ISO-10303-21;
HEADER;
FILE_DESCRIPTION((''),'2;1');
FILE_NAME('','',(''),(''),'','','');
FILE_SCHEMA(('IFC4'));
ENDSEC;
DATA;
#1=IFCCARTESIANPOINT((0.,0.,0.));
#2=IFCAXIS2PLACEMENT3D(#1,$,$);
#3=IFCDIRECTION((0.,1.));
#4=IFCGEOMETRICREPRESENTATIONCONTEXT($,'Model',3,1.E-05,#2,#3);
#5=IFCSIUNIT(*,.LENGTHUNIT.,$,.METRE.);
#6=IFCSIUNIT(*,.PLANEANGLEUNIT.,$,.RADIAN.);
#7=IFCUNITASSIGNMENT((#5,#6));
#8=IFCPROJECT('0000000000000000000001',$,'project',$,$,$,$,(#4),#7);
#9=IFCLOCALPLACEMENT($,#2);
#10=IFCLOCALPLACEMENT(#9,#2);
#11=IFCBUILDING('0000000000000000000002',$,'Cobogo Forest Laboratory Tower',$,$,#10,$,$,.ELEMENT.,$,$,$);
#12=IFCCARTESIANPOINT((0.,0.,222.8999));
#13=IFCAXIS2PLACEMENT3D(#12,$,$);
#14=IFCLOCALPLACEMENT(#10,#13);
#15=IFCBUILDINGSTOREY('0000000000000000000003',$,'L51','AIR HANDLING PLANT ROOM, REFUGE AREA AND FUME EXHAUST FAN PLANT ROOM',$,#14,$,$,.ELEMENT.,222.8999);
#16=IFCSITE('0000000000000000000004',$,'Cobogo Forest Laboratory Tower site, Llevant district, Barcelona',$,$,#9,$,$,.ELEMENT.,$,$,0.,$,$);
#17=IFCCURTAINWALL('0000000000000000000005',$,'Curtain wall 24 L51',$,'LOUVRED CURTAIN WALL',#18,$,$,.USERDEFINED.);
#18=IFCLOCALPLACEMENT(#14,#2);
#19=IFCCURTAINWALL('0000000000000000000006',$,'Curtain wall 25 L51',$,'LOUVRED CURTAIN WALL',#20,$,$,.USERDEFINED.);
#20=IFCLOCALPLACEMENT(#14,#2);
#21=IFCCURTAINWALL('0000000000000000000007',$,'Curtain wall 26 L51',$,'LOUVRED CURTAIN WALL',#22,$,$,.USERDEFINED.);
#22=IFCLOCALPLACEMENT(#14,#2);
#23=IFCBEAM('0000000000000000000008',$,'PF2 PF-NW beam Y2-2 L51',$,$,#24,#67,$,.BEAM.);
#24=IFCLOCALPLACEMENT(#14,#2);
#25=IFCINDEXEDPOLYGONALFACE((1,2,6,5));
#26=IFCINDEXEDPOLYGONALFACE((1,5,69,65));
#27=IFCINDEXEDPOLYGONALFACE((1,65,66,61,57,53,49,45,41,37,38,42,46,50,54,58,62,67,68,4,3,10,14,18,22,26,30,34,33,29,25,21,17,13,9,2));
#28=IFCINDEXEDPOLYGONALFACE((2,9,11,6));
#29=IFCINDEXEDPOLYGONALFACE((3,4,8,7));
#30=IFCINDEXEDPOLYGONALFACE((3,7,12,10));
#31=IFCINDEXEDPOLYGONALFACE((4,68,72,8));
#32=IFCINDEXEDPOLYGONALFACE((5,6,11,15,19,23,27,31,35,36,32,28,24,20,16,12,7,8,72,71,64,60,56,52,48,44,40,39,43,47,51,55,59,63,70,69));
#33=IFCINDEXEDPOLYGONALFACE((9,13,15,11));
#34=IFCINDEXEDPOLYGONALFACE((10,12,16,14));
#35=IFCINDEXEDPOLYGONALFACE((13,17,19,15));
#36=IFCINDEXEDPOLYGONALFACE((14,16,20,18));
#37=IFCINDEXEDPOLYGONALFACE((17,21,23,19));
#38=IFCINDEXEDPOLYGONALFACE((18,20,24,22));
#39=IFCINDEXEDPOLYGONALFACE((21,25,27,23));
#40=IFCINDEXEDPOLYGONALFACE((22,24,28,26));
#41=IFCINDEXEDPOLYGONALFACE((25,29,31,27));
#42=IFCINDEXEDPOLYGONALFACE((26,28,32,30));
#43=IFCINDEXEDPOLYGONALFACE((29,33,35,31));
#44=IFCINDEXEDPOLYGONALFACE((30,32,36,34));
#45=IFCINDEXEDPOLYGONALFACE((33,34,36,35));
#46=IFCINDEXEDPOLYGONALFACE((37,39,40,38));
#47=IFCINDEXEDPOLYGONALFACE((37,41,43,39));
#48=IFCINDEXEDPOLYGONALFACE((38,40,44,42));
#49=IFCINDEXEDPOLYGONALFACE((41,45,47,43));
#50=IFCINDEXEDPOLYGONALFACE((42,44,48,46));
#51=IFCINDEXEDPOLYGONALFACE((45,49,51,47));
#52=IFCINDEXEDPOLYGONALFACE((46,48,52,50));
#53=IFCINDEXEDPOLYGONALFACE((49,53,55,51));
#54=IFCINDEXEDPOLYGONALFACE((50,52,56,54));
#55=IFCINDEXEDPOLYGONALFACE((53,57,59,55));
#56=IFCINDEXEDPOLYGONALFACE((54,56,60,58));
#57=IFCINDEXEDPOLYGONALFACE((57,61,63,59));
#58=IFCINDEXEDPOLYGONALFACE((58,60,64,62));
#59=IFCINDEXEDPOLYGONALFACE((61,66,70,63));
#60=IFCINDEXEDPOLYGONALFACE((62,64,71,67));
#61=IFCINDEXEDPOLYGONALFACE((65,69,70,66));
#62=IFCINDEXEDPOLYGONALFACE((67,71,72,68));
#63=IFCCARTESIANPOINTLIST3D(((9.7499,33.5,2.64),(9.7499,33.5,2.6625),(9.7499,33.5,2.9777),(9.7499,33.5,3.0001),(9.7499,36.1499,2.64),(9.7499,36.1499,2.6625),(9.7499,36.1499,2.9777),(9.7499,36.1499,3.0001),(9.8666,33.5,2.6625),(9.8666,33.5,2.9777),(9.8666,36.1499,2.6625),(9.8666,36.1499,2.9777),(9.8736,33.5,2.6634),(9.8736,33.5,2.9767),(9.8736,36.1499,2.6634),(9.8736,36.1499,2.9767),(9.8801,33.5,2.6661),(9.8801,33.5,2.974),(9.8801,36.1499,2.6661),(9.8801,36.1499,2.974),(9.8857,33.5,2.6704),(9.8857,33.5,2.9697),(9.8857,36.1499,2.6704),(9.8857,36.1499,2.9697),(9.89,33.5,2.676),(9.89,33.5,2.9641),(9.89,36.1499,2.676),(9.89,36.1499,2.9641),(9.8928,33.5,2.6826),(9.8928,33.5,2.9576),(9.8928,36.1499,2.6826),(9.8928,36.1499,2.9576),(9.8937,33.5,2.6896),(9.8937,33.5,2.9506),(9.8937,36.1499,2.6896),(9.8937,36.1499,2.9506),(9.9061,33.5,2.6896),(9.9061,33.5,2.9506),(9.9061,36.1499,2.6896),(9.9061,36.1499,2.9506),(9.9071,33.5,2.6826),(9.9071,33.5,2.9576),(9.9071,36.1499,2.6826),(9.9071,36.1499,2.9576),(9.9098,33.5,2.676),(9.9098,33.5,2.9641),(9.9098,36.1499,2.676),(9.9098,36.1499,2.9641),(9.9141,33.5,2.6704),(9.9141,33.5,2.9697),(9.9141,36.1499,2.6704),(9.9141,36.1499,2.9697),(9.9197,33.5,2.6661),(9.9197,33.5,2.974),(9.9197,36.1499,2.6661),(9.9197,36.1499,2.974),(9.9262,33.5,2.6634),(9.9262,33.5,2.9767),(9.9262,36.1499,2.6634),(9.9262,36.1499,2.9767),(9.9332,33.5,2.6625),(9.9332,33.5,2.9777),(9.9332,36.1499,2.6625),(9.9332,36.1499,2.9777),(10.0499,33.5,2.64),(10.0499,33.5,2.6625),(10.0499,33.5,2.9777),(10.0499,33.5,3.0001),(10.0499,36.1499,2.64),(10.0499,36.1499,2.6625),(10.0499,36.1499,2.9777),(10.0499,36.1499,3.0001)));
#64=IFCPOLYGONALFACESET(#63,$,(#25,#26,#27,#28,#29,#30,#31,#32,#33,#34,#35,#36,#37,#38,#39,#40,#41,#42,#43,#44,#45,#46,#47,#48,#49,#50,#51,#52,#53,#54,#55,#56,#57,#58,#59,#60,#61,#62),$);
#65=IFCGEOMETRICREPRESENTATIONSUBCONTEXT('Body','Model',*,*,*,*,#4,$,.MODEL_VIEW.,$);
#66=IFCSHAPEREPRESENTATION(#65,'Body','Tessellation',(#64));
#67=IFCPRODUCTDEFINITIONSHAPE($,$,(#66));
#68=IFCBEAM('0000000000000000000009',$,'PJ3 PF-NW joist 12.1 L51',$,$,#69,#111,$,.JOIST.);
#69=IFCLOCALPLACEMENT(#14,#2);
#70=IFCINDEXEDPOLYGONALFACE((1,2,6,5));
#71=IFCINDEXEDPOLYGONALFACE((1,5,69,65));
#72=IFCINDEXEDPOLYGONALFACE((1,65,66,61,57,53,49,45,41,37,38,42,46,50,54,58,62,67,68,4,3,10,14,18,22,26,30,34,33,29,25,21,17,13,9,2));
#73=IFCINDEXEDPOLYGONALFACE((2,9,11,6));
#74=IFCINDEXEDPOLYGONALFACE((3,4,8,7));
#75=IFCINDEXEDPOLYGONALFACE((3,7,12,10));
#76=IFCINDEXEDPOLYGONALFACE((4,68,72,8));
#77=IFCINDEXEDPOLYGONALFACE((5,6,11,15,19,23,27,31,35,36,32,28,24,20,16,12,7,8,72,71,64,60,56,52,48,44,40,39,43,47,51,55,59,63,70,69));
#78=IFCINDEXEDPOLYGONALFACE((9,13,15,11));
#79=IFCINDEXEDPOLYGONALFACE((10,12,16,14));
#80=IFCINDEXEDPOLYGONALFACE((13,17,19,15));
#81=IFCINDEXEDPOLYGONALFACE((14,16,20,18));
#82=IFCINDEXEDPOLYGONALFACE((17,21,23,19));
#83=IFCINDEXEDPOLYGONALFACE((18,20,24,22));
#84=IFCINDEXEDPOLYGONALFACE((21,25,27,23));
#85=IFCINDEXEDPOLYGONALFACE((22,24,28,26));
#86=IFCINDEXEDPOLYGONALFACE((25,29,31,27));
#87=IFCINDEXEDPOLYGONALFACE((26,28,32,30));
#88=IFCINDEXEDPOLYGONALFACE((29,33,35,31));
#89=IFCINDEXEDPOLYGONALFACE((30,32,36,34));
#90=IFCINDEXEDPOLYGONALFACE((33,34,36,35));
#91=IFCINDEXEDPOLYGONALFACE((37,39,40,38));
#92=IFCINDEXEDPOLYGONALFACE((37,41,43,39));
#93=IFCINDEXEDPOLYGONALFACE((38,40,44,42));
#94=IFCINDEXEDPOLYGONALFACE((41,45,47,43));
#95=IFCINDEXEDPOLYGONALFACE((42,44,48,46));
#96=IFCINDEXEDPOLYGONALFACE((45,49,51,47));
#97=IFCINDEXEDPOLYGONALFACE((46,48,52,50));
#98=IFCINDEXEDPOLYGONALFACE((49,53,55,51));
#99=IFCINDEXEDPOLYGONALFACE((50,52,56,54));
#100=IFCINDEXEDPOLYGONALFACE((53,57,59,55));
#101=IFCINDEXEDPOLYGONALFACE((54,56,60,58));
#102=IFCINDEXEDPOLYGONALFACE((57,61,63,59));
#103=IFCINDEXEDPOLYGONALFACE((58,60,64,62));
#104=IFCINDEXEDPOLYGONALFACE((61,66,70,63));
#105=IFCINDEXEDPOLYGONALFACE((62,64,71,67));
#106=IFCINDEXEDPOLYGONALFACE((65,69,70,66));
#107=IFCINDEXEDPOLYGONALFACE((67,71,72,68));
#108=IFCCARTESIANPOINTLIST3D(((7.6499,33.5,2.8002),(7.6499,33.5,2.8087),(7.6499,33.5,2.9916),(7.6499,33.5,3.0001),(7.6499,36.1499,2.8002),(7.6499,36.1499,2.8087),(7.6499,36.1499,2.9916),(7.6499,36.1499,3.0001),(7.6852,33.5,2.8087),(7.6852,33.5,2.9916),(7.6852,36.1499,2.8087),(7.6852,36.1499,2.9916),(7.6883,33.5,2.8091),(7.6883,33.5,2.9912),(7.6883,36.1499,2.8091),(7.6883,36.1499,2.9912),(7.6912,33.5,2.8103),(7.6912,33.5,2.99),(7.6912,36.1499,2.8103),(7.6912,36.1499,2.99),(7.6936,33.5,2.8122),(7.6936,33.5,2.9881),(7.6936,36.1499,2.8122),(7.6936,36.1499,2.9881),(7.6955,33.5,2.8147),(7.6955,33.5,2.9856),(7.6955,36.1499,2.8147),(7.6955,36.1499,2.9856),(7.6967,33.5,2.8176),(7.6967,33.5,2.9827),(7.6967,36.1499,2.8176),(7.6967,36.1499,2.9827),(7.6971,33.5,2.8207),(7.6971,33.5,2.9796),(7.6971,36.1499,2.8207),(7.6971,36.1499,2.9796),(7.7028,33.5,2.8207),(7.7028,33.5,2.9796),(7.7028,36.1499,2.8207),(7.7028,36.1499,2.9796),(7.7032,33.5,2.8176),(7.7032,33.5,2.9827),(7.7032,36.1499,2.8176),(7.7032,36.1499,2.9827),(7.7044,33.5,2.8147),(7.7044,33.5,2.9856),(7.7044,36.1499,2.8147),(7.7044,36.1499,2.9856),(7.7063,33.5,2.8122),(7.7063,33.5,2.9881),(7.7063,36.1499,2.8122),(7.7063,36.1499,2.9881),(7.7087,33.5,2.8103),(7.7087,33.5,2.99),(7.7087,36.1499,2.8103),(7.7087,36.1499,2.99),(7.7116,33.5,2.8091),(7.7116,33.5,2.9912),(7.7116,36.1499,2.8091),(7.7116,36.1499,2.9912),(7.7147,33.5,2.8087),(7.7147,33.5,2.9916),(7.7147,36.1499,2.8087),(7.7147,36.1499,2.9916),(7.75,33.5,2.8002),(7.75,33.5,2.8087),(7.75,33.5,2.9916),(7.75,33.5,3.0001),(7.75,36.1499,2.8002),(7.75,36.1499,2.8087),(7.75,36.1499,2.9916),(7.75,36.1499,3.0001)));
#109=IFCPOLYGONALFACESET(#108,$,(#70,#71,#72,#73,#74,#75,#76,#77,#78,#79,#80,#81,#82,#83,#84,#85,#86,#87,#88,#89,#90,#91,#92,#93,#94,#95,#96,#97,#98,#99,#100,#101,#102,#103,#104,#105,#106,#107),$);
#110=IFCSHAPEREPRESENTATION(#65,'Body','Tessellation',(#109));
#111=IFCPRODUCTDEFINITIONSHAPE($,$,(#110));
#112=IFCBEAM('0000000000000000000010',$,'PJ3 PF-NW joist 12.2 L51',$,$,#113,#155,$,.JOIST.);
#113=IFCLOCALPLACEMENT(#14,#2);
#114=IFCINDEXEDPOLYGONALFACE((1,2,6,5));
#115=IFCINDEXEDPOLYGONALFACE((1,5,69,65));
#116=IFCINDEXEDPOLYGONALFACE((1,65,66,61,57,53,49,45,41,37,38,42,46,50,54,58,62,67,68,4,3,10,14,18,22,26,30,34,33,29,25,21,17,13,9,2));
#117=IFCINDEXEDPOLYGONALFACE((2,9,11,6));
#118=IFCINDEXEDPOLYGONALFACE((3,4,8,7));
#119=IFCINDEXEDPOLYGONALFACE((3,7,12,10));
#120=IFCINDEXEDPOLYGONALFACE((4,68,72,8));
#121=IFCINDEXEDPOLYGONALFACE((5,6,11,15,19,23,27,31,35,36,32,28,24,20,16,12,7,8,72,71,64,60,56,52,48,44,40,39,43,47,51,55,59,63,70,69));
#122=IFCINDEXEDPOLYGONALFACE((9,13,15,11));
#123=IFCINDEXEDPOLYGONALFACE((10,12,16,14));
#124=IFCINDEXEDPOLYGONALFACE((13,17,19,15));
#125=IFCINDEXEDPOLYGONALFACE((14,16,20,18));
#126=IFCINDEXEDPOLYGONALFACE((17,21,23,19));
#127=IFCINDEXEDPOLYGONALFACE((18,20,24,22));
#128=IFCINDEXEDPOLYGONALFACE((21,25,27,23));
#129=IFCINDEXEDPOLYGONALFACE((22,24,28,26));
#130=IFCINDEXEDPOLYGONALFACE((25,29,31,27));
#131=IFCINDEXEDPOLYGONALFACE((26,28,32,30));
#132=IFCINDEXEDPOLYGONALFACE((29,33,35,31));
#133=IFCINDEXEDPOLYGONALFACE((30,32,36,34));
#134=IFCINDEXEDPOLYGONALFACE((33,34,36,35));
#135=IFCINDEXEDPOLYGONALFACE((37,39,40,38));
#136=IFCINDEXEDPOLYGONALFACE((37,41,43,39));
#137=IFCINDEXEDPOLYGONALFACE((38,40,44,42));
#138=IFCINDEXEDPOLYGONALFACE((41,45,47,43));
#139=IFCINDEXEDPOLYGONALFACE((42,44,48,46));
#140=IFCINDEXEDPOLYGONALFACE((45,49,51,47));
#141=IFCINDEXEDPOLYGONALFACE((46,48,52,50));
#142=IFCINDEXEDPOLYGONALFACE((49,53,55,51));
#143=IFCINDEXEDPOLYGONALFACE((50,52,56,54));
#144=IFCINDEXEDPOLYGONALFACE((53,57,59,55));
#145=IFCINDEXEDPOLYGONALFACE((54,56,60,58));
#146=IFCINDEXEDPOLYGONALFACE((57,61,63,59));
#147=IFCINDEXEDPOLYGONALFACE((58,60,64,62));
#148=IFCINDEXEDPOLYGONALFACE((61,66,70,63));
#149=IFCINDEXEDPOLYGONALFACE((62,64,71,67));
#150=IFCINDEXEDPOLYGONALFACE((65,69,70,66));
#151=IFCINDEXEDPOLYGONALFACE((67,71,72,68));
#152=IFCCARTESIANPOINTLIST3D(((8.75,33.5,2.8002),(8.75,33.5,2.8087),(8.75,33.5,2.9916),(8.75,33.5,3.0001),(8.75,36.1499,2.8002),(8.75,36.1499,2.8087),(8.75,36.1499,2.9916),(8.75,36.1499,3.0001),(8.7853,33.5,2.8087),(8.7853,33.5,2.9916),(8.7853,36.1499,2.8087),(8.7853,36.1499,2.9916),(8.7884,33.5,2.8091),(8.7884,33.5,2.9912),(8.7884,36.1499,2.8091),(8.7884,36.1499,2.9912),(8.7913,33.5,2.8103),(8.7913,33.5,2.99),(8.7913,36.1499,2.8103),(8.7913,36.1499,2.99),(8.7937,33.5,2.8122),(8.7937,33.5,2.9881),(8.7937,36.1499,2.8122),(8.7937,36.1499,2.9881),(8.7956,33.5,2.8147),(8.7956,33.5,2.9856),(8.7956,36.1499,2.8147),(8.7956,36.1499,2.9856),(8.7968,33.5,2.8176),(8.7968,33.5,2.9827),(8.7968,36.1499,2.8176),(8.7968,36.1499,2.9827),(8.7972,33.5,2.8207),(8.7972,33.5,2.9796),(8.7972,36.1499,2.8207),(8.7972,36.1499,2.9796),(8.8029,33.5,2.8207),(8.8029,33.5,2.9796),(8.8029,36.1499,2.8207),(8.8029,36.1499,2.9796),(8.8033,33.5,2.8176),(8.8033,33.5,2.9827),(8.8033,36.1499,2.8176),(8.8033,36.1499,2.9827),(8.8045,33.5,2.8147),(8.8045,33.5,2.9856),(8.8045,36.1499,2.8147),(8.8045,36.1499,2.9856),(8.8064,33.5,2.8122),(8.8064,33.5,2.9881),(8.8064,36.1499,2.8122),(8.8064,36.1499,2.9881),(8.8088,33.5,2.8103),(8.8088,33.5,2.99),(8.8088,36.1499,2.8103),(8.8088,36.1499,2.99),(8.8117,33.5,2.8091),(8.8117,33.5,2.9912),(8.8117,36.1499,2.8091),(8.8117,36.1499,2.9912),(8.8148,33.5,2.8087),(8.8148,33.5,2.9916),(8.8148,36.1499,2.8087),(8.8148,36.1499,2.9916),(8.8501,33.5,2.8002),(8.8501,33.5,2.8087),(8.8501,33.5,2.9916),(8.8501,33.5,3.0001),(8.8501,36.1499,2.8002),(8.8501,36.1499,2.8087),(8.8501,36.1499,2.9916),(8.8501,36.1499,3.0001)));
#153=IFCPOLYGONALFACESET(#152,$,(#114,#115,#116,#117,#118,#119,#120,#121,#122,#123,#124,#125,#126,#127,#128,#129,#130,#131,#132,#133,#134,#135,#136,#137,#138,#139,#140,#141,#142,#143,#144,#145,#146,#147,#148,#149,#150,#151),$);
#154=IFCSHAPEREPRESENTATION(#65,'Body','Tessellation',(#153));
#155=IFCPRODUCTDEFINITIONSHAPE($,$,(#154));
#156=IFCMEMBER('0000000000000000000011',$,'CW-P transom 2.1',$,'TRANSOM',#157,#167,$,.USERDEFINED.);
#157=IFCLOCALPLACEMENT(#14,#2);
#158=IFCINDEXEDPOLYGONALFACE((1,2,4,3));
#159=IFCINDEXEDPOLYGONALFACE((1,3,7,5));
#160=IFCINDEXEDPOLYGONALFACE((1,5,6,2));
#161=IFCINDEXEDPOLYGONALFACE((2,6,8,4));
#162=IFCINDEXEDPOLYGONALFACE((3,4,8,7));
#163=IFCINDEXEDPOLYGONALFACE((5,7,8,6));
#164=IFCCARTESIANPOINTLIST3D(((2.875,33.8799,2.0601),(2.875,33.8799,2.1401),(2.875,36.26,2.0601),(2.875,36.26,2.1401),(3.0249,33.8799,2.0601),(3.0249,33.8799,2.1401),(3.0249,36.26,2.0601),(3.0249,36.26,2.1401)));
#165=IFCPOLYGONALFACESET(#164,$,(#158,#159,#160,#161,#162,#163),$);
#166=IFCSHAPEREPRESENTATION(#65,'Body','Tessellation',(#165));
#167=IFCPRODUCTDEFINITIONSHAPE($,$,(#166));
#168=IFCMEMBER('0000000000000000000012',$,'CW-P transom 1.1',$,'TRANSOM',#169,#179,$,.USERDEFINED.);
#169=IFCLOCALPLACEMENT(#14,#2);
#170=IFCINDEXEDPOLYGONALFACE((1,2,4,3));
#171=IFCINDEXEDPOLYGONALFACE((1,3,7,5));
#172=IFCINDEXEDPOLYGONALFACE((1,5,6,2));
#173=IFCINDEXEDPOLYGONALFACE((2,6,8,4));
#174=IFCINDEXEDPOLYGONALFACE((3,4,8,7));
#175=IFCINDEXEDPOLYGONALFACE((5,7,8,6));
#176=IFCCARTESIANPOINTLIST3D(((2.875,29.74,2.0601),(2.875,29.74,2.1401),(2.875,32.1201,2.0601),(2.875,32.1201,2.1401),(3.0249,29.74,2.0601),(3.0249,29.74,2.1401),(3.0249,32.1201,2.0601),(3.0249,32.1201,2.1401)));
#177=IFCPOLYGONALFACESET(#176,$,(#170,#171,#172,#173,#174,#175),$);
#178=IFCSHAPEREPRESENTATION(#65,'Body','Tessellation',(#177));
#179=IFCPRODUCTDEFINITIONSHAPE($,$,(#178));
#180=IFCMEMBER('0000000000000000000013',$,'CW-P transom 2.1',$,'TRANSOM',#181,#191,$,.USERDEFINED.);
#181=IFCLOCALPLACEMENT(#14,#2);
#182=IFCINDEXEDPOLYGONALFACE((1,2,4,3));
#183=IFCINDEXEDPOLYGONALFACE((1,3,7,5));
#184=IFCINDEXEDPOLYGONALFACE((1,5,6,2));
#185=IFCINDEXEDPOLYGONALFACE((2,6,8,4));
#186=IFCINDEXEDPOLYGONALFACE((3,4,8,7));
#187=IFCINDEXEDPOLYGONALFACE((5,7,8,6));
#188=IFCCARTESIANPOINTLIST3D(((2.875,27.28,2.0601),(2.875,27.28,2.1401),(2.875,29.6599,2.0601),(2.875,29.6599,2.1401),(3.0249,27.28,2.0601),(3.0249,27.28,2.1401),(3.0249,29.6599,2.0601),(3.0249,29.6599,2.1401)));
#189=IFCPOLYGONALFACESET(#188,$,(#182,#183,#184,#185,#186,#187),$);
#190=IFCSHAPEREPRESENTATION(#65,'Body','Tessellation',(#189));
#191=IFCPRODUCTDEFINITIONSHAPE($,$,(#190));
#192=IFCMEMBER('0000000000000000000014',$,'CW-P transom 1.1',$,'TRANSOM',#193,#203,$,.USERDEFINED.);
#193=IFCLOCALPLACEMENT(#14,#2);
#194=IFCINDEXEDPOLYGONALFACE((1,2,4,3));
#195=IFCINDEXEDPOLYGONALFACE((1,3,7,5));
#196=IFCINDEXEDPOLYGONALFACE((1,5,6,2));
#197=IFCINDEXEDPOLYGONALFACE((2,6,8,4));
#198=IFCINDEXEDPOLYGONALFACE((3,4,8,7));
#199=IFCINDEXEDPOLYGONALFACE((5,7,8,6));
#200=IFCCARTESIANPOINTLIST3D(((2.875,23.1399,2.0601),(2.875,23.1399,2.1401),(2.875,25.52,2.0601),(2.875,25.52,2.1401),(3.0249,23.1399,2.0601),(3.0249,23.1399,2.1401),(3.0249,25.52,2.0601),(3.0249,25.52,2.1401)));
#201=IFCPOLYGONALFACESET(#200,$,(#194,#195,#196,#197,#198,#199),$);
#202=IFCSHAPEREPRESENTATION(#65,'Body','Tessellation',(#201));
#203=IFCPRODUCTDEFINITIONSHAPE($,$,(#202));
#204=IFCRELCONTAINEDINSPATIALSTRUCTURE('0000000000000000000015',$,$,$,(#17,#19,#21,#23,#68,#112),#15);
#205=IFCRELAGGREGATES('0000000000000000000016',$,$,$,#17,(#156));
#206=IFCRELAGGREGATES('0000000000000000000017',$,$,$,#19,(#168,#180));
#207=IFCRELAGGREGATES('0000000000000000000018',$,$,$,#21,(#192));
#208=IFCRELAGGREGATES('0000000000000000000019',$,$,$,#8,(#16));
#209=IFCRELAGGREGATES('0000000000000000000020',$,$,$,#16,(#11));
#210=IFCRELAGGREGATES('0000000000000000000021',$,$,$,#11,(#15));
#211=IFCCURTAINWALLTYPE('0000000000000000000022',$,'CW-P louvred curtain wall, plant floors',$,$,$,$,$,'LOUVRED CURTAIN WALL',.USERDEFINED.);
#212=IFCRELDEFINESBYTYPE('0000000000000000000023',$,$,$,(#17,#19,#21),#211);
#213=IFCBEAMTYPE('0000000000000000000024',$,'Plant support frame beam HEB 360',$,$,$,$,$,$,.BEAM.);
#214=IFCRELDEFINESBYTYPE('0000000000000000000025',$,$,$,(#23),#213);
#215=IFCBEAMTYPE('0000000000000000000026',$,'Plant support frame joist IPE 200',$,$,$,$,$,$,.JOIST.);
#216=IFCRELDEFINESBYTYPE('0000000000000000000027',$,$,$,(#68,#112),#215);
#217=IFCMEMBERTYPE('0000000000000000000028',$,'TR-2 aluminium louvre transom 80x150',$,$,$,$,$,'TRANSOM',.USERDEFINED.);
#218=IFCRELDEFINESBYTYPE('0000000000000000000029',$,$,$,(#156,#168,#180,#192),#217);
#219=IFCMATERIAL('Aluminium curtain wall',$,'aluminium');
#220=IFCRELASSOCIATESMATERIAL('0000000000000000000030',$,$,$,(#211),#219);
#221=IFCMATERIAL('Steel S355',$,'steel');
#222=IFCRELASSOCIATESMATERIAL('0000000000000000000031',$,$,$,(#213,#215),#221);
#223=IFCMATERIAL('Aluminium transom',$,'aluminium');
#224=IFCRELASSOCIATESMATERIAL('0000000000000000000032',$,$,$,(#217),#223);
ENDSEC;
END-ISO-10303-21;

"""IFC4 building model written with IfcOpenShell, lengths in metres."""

from ifc_helpers import new_model, si_unit, direction, frame, origin, origin_2d, place, context, subcontext, project, spatial, rectangle, i_section, extrude, material, material_profile, profile_set, type_object, element, aggregate, save


model = new_model("IFC4")

# Units and contexts
model_context = context("Model", 3, precision=1e-05, world=origin(), true_north=direction((0.0, 1.0)))
body_context = subcontext(model_context, "Body", "Model", "MODEL_VIEW")
ifc_project = project(units=[si_unit("LENGTHUNIT", "METRE"), si_unit("PLANEANGLEUNIT", "RADIAN")], contexts=[model_context])

# Site, building, storey
site_placement = place(None, origin())
site = spatial("IfcSite", under=ifc_project, at=site_placement, Name="Cobogo Forest Laboratory Tower site, Llevant district, Barcelona", CompositionType="ELEMENT", RefElevation=0.0)
building_placement = place(site_placement, origin())
building = spatial("IfcBuilding", under=site, at=building_placement, Name="Cobogo Forest Laboratory Tower", CompositionType="ELEMENT")
storey_placement = place(building_placement, frame((0.0, 0.0, 222.8999)))
storey = spatial("IfcBuildingStorey", under=building, at=storey_placement, Name="L51", Description="AIR HANDLING PLANT ROOM, REFUGE AREA AND FUME EXHAUST FAN PLANT ROOM", CompositionType="ELEMENT", Elevation=222.8999)

# Curtain walls
ifc_material_1 = material(Name="Aluminium curtain wall", Category="aluminium")
curtain_wall_type = type_object("IfcCurtainWallType", Name="CW-P louvred curtain wall, plant floors", ElementType="LOUVRED CURTAIN WALL", PredefinedType="USERDEFINED", material=ifc_material_1)
curtain_wall_1_placement = place(storey_placement, origin())
curtain_wall_1 = element("IfcCurtainWall", 1, at=curtain_wall_1_placement, inside=storey, type_object=curtain_wall_type, Name="Curtain wall 24 L51", ObjectType="LOUVRED CURTAIN WALL", PredefinedType="USERDEFINED")
curtain_wall_2_placement = place(storey_placement, origin())
curtain_wall_2 = element("IfcCurtainWall", 2, at=curtain_wall_2_placement, inside=storey, type_object=curtain_wall_type, Name="Curtain wall 25 L51", ObjectType="LOUVRED CURTAIN WALL", PredefinedType="USERDEFINED")

# Curtain wall
curtain_wall_3_placement = place(storey_placement, origin())
curtain_wall_3 = element("IfcCurtainWall", 3, at=curtain_wall_3_placement, inside=storey, type_object=curtain_wall_type, Name="Curtain wall 26 L51", ObjectType="LOUVRED CURTAIN WALL", PredefinedType="USERDEFINED")

# Beams
ifc_material_2 = material(Name="Steel S355", Category="steel")
ifc_material_profile_1 = material_profile(ifc_material_2, i_section(OverallWidth=0.3, OverallDepth=0.3601, WebThickness=0.0125, FlangeThickness=0.0225, FilletRadius=0.0271, at=origin_2d()), Name="HEB 360")
ifc_profile_set_1 = profile_set([ifc_material_profile_1], Name="Steel S355")
beam_type_1 = type_object("IfcBeamType", Name="Plant support frame beam HEB 360", PredefinedType="BEAM", material=ifc_profile_set_1)
beam_1_placement = place(storey_placement, frame((9.8999, 36.1499, 2.8201), z_axis=(0.0, -1.0, 0.0), x_axis=(1.0, 0.0, 0.0)))
element("IfcBeam", 4, at=beam_1_placement, inside=storey, type_object=beam_type_1, Name="PF2 PF-NW beam Y2-2 L51", PredefinedType="BEAM", context=body_context, shape_type="SweptSolid", body=[
    extrude(i_section(OverallWidth=0.3, OverallDepth=0.3601, WebThickness=0.0125, FlangeThickness=0.0225, FilletRadius=0.0271, at=origin_2d()), origin(), (0.0, 0.0, 1.0), 2.6499),
])
ifc_material_profile_2 = material_profile(ifc_material_2, i_section(OverallWidth=0.1001, OverallDepth=0.2, WebThickness=0.0056, FlangeThickness=0.0085, FilletRadius=0.012, at=origin_2d()), Name="IPE 200")
ifc_profile_set_2 = profile_set([ifc_material_profile_2], Name="Steel S355")
beam_type_2 = type_object("IfcBeamType", Name="Plant support frame joist IPE 200", PredefinedType="JOIST", material=ifc_profile_set_2)
for number, where, z_axis, x_axis, name in (
    (5, (7.7, 36.1499, 2.9001), (0.0, -1.0, 0.0), (1.0, 0.0, 0.0), "PJ3 PF-NW joist 12.1 L51"),
    (6, (8.8, 36.1499, 2.9001), (0.0, -1.0, 0.0), (1.0, 0.0, 0.0), "PJ3 PF-NW joist 12.2 L51"),
):
    element("IfcBeam", number, at=place(storey_placement, frame(where, z_axis=z_axis, x_axis=x_axis)), inside=storey, type_object=beam_type_2, Name=name, PredefinedType="JOIST", context=body_context, shape_type="SweptSolid", body=[
        extrude(i_section(OverallWidth=0.1001, OverallDepth=0.2, WebThickness=0.0056, FlangeThickness=0.0085, FilletRadius=0.012, at=origin_2d()), origin(), (0.0, 0.0, 1.0), 2.6499),
    ])

# Members
ifc_material_3 = material(Name="Aluminium transom", Category="aluminium")
ifc_material_profile_3 = material_profile(ifc_material_3, rectangle(XDim=0.1499, YDim=0.0801, at=origin_2d()), Name="AL 80x150")
ifc_profile_set_3 = profile_set([ifc_material_profile_3], Name="Aluminium transom")
member_type_1 = type_object("IfcMemberType", Name="TR-2 aluminium louvre transom 80x150", ElementType="TRANSOM", PredefinedType="USERDEFINED", material=ifc_profile_set_3)
member_1_placement = place(storey_placement, frame((2.95, 36.26, 2.1001), z_axis=(0.0, -1.0, 0.0), x_axis=(1.0, 0.0, 0.0)))
member_1 = element("IfcMember", 7, at=member_1_placement, type_object=member_type_1, Name="CW-P transom 2.1", ObjectType="TRANSOM", PredefinedType="USERDEFINED", context=body_context, shape_type="SweptSolid", body=[
    extrude(rectangle(XDim=0.1499, YDim=0.0801, at=origin_2d()), origin(), (0.0, 0.0, 1.0), 2.3801),
])
member_2_placement = place(storey_placement, frame((2.95, 32.1201, 2.1001), z_axis=(0.0, -1.0, 0.0), x_axis=(1.0, 0.0, 0.0)))
member_2 = element("IfcMember", 8, at=member_2_placement, type_object=member_type_1, Name="CW-P transom 1.1", ObjectType="TRANSOM", PredefinedType="USERDEFINED", context=body_context, shape_type="SweptSolid", body=[
    extrude(rectangle(XDim=0.1499, YDim=0.0801, at=origin_2d()), origin(), (0.0, 0.0, 1.0), 2.3801),
])
member_3_placement = place(storey_placement, frame((2.95, 29.6599, 2.1001), z_axis=(0.0, -1.0, 0.0), x_axis=(1.0, 0.0, 0.0)))
member_3 = element("IfcMember", 9, at=member_3_placement, type_object=member_type_1, Name="CW-P transom 2.1", ObjectType="TRANSOM", PredefinedType="USERDEFINED", context=body_context, shape_type="SweptSolid", body=[
    extrude(rectangle(XDim=0.1499, YDim=0.0801, at=origin_2d()), origin(), (0.0, 0.0, 1.0), 2.3799),
])
member_4_placement = place(storey_placement, frame((2.95, 25.52, 2.1001), z_axis=(0.0, -1.0, 0.0), x_axis=(1.0, 0.0, 0.0)))
member_4 = element("IfcMember", 10, at=member_4_placement, type_object=member_type_1, Name="CW-P transom 1.1", ObjectType="TRANSOM", PredefinedType="USERDEFINED", context=body_context, shape_type="SweptSolid", body=[
    extrude(rectangle(XDim=0.1499, YDim=0.0801, at=origin_2d()), origin(), (0.0, 0.0, 1.0), 2.3801),
])

aggregate(curtain_wall_1, [member_1])
aggregate(curtain_wall_2, [member_2, member_3])
aggregate(curtain_wall_3, [member_4])

save(model, "model.ifc")
